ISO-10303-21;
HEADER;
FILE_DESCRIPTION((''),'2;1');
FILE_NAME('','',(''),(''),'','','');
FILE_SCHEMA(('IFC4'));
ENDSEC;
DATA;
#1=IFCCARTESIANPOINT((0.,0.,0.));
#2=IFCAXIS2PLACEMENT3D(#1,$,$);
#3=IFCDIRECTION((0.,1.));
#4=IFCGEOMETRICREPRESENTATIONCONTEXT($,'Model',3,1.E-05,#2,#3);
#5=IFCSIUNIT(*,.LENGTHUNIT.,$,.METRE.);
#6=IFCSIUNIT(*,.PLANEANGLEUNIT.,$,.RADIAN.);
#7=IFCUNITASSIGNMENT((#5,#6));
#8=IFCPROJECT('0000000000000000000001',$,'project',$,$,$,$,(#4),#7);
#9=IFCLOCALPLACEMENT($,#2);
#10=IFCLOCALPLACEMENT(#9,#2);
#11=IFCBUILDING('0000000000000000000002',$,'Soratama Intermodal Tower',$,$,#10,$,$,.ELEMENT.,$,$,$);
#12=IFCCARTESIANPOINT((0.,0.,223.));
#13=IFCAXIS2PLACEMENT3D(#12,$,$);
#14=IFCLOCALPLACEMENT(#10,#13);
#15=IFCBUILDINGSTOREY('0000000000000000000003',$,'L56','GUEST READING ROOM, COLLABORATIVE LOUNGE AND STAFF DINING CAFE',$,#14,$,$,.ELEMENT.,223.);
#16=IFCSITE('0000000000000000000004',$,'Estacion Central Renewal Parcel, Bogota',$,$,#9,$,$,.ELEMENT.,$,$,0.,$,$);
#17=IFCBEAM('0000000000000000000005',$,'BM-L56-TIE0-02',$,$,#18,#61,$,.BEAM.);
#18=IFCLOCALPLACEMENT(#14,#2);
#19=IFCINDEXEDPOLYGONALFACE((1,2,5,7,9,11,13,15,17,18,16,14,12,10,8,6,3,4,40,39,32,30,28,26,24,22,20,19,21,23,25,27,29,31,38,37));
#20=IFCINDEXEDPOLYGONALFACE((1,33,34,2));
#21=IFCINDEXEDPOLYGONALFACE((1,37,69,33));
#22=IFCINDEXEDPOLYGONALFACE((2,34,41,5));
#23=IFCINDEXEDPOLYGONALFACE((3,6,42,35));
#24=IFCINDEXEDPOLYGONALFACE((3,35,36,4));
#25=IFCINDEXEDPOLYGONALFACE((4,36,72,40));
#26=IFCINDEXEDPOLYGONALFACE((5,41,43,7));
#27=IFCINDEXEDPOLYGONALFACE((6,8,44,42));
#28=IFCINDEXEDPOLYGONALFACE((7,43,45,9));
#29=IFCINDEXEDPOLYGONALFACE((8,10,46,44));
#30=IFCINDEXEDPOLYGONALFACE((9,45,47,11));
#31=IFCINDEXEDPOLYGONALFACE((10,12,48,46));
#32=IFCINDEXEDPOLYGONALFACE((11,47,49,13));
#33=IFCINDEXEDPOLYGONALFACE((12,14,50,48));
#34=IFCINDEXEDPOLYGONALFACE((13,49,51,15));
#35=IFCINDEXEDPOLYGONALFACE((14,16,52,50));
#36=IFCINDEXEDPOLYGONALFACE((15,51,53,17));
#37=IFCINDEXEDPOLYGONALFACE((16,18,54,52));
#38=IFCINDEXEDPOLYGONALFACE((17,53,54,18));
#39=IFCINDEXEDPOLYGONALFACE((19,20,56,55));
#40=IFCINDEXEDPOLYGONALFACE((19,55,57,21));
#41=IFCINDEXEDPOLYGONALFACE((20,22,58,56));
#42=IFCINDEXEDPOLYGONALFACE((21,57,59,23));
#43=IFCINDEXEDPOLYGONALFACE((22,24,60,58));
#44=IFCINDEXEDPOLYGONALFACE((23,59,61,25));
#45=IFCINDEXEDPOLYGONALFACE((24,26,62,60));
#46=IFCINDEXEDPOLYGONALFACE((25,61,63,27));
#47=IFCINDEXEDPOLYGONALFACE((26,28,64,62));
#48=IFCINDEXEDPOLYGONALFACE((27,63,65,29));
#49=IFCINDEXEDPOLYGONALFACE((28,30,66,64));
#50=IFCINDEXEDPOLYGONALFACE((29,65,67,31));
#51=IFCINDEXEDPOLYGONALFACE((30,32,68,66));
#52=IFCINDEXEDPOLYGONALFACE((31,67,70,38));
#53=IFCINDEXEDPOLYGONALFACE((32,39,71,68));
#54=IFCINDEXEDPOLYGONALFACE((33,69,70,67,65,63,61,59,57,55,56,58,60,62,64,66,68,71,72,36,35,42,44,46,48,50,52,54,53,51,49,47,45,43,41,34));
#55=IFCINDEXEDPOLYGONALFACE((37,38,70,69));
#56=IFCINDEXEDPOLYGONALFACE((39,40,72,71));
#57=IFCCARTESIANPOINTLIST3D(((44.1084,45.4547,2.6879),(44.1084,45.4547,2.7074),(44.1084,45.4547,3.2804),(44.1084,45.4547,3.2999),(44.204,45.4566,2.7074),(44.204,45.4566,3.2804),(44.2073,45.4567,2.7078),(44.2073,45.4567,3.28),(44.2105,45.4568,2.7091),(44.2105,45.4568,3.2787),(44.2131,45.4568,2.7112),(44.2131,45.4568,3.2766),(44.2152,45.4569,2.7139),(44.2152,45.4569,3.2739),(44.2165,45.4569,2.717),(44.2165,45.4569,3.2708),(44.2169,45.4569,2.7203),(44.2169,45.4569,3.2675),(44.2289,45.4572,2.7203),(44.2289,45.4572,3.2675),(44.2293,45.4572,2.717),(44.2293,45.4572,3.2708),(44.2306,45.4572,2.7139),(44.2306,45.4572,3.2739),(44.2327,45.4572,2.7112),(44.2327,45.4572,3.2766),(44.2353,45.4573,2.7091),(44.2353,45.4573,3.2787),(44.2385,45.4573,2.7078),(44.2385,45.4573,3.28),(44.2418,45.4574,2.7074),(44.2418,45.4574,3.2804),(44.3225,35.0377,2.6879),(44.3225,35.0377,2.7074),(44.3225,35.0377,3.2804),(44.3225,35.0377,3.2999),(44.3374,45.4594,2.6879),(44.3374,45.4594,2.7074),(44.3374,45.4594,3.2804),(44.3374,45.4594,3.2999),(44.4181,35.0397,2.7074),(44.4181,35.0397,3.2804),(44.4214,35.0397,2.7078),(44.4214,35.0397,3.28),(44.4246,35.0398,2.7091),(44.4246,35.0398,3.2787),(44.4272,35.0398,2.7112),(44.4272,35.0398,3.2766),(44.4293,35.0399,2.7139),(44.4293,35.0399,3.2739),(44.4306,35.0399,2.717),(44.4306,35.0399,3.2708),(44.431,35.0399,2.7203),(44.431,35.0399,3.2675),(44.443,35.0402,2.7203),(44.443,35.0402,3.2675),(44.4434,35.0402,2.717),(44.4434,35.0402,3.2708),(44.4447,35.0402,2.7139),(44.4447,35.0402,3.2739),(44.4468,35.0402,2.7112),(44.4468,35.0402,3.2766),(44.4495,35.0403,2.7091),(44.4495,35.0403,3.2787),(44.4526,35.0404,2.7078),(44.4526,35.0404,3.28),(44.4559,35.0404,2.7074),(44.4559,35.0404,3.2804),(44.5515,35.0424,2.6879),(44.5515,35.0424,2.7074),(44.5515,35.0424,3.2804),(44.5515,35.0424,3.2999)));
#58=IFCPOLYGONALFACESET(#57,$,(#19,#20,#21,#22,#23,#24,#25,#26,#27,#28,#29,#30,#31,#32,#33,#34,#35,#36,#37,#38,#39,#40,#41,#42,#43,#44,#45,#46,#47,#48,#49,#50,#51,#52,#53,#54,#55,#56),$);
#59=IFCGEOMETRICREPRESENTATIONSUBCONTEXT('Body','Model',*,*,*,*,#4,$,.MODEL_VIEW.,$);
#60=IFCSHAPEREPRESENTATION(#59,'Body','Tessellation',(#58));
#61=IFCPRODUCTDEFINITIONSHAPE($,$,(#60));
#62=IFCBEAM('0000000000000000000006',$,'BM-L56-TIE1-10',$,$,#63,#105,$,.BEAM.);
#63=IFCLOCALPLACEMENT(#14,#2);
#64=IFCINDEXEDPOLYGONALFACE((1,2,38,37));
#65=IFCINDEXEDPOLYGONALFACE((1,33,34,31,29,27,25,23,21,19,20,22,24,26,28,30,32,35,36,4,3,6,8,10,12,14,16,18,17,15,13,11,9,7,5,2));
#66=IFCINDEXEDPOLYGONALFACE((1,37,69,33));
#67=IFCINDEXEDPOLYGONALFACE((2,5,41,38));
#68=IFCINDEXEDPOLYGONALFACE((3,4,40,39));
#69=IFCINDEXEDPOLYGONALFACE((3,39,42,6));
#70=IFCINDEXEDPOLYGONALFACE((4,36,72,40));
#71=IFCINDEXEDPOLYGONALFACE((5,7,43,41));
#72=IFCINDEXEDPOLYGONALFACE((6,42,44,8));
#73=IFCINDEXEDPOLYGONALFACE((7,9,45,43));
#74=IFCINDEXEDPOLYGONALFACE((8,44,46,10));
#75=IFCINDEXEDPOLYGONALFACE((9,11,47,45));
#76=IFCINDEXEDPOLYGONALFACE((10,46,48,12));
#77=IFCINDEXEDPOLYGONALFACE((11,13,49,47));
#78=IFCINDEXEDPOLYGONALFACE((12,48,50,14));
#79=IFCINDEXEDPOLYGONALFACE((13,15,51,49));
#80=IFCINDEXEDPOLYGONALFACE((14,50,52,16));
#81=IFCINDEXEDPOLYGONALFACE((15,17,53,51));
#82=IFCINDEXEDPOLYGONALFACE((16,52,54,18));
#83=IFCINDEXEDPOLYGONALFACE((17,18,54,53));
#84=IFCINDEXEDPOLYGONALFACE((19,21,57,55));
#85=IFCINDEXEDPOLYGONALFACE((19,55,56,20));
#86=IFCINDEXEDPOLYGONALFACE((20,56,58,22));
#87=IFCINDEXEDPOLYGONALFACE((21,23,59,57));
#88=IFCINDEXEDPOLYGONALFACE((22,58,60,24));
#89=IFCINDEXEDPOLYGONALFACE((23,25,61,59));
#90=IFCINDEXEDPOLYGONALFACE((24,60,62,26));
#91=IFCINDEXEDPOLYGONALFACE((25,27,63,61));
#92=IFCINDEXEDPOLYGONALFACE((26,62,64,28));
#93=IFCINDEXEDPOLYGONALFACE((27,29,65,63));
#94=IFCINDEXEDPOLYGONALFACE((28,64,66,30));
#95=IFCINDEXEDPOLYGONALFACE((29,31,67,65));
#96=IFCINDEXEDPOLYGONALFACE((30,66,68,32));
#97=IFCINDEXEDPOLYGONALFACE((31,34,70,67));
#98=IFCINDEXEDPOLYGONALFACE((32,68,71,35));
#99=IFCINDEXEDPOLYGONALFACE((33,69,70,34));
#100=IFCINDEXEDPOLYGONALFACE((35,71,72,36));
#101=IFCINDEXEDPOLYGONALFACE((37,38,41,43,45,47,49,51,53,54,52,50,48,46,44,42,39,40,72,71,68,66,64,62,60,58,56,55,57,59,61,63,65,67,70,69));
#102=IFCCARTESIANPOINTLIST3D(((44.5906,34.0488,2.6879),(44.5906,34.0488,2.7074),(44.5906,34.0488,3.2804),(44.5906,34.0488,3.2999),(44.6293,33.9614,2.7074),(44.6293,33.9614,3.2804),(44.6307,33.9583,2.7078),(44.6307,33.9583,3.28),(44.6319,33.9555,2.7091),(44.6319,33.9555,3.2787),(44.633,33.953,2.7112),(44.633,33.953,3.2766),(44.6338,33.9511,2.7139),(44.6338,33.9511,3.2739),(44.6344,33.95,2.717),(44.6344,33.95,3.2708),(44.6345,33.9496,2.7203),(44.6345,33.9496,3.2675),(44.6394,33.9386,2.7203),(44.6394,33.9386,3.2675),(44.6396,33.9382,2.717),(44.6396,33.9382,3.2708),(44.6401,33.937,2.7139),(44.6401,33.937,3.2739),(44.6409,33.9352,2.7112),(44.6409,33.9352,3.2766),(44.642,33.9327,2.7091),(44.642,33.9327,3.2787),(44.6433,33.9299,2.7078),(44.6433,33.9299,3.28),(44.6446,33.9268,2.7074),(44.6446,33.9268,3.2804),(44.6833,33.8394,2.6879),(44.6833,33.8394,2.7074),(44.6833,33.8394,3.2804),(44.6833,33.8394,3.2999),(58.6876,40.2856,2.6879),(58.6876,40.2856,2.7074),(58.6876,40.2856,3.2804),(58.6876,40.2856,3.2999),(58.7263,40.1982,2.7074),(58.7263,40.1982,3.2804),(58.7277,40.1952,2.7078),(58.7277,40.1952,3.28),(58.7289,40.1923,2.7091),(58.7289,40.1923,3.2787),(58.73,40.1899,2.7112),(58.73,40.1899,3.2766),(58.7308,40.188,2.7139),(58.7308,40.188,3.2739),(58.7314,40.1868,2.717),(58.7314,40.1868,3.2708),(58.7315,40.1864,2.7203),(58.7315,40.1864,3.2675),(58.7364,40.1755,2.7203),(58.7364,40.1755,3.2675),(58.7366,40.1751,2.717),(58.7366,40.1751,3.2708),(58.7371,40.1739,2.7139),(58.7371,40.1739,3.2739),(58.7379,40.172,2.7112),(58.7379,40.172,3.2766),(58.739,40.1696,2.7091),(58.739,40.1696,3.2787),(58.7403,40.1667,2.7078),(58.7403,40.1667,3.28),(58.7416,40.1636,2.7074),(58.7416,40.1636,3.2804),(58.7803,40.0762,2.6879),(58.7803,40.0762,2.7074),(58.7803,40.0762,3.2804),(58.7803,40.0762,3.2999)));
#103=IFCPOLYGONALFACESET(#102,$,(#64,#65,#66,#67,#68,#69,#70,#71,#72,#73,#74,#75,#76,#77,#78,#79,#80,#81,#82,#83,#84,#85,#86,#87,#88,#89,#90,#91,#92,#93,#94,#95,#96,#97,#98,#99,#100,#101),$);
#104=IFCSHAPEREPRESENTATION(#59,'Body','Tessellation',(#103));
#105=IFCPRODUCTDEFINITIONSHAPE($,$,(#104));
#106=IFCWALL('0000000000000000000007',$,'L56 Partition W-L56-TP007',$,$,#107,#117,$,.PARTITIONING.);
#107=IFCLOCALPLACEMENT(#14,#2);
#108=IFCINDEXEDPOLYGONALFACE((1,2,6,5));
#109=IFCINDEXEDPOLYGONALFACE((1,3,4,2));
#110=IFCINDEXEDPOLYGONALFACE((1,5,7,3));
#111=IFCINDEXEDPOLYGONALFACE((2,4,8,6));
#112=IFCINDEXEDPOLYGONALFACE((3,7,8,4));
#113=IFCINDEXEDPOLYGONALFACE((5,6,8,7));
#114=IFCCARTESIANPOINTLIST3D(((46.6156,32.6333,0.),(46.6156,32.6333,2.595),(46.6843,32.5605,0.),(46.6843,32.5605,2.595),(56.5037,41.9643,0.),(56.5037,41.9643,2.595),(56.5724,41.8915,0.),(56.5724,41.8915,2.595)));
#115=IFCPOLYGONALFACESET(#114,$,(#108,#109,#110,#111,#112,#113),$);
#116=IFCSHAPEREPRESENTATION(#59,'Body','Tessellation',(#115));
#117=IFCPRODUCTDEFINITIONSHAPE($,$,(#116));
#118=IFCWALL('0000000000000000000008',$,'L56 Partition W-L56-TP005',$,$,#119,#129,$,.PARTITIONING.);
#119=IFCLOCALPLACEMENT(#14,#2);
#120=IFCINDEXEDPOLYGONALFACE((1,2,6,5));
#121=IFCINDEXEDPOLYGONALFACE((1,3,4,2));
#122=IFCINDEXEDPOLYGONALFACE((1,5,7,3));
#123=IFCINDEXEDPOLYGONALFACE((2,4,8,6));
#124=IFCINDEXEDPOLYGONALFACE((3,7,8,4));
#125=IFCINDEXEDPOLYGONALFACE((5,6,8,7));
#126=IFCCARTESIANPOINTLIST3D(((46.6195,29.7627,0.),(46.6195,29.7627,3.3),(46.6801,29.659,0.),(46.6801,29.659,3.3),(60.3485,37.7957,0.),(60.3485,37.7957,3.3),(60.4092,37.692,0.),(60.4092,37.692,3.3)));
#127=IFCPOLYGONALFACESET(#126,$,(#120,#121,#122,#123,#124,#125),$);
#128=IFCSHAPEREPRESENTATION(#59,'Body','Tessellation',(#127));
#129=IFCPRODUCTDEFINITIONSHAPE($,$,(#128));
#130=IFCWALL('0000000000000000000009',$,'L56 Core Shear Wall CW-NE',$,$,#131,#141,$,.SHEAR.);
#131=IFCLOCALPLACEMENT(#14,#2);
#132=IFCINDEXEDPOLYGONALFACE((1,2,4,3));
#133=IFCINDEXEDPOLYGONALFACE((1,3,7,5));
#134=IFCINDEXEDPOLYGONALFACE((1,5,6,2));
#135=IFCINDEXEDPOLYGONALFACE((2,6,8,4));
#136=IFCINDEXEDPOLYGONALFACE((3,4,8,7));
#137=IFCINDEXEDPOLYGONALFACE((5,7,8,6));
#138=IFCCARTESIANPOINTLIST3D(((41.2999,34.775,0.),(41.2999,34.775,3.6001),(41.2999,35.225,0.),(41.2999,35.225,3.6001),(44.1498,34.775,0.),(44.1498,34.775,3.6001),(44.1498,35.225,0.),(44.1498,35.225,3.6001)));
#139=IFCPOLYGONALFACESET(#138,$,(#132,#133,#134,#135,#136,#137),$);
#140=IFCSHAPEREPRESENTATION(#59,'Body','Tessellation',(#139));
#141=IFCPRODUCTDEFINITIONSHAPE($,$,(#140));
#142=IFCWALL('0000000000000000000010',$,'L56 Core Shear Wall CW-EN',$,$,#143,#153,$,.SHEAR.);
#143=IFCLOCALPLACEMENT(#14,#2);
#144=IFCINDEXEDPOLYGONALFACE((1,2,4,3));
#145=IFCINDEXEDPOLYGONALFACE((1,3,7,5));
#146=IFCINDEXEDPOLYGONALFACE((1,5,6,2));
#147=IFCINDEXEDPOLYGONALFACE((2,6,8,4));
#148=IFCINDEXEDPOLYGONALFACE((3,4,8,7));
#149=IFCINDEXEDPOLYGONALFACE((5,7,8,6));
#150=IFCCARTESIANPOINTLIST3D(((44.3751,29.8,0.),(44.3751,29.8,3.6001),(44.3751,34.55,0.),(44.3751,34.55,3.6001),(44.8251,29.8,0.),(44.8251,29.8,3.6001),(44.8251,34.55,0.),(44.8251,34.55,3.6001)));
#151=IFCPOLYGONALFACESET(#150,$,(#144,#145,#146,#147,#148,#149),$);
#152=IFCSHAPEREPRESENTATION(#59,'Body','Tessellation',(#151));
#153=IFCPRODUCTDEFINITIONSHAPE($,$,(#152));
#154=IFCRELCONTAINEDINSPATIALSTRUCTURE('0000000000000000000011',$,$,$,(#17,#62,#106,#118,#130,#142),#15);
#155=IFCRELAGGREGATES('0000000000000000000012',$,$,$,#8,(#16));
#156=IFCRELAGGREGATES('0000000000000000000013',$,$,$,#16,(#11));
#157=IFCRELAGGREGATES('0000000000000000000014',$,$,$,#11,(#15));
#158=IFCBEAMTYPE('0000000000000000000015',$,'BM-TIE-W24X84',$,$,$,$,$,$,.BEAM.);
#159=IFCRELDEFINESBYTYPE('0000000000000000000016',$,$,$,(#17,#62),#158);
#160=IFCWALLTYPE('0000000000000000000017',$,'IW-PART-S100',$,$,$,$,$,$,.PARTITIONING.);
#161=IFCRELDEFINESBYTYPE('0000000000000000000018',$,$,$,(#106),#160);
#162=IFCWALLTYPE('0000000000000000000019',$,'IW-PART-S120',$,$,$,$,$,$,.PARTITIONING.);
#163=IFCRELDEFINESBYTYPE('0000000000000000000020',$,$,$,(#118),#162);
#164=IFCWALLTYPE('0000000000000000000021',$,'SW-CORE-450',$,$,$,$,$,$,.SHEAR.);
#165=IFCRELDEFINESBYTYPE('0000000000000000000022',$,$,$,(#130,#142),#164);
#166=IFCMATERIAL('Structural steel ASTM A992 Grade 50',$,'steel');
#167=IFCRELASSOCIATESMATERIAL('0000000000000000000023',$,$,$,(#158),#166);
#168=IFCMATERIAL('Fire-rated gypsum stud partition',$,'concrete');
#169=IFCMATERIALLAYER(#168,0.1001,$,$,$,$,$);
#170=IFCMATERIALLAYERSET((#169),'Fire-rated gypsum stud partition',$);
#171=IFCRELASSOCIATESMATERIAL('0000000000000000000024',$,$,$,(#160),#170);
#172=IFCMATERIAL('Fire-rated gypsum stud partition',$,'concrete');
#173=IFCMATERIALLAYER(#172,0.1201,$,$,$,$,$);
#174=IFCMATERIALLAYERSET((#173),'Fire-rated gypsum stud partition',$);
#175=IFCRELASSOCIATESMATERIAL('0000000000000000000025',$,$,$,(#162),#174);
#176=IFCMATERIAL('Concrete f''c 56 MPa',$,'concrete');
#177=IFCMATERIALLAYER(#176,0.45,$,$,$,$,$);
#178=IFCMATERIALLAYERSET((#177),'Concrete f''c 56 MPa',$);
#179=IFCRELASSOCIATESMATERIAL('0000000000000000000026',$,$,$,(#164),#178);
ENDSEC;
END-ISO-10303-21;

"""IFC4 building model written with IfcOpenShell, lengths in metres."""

from ifc_helpers import new_model, si_unit, direction, frame, frame_2d, origin, origin_2d, place, context, subcontext, project, spatial, rectangle, i_section, extrude, material, layer, layer_set, material_profile, profile_set, type_object, element, save


model = new_model("IFC4")

# Units and contexts
model_context = context("Model", 3, precision=1e-05, world=origin(), true_north=direction((0.0, 1.0)))
body_context = subcontext(model_context, "Body", "Model", "MODEL_VIEW")
ifc_project = project(units=[si_unit("LENGTHUNIT", "METRE"), si_unit("PLANEANGLEUNIT", "RADIAN")], contexts=[model_context])

# Site, building, storey
site_placement = place(None, origin())
site = spatial("IfcSite", under=ifc_project, at=site_placement, Name="Estacion Central Renewal Parcel, Bogota", CompositionType="ELEMENT", RefElevation=0.0)
building_placement = place(site_placement, origin())
building = spatial("IfcBuilding", under=site, at=building_placement, Name="Soratama Intermodal Tower", CompositionType="ELEMENT")
storey_placement = place(building_placement, frame((0.0, 0.0, 223.0)))
storey = spatial("IfcBuildingStorey", under=building, at=storey_placement, Name="L56", Description="GUEST READING ROOM, COLLABORATIVE LOUNGE AND STAFF DINING CAFE", CompositionType="ELEMENT", Elevation=223.0)

# Beams
ifc_material_1 = material(Name="Structural steel ASTM A992 Grade 50", Category="steel")
ifc_material_profile_1 = material_profile(ifc_material_1, i_section(OverallWidth=0.229, OverallDepth=0.6121, WebThickness=0.012, FlangeThickness=0.0195, FilletRadius=0.0129, at=origin_2d()), Name="W24X84")
ifc_profile_set_1 = profile_set([ifc_material_profile_1], Name="Structural steel ASTM A992 Grade 50")
beam_type_1 = type_object("IfcBeamType", Name="BM-TIE-W24X84", PredefinedType="BEAM", material=ifc_profile_set_1)
beam_1_placement = place(storey_placement, frame((44.437, 35.04, 2.9939), z_axis=(-0.02055, 0.999789, 0.0), x_axis=(-0.999789, -0.02055, 0.0)))
element("IfcBeam", 1, at=beam_1_placement, inside=storey, type_object=beam_type_1, Name="BM-L56-TIE0-02", PredefinedType="BEAM", context=body_context, shape_type="SweptSolid", body=[
    extrude(i_section(OverallWidth=0.229, OverallDepth=0.6121, WebThickness=0.012, FlangeThickness=0.0195, FilletRadius=0.0129, at=origin_2d()), origin(), (0.0, 0.0, 1.0), 10.4192),
])
beam_2_placement = place(storey_placement, frame((44.637, 33.9441, 2.9939), z_axis=(0.914496, 0.404595, 0.0), x_axis=(-0.404595, 0.914496, 0.0)))
element("IfcBeam", 2, at=beam_2_placement, inside=storey, type_object=beam_type_1, Name="BM-L56-TIE1-10", PredefinedType="BEAM", context=body_context, shape_type="SweptSolid", body=[
    extrude(i_section(OverallWidth=0.229, OverallDepth=0.6121, WebThickness=0.012, FlangeThickness=0.0195, FilletRadius=0.0129, at=origin_2d()), origin(), (0.0, 0.0, 1.0), 15.415),
])

# Walls
ifc_material_2 = material(Name="Fire-rated gypsum stud partition", Category="concrete")
ifc_layer_1 = layer(ifc_material_2, 0.1001)
ifc_layer_set_1 = layer_set([ifc_layer_1], Name="Fire-rated gypsum stud partition")
wall_type_1 = type_object("IfcWallType", Name="IW-PART-S100", PredefinedType="PARTITIONING", material=ifc_layer_set_1)
wall_1_placement = place(storey_placement, frame((46.6499, 32.5969, 0.0), z_axis=(0.0, 0.0, 1.0), x_axis=(0.727299, 0.686321, 0.0)))
element("IfcWall", 3, at=wall_1_placement, inside=storey, type_object=wall_type_1, Name="L56 Partition W-L56-TP007", PredefinedType="PARTITIONING", context=body_context, shape_type="SweptSolid", body=[
    extrude(rectangle(XDim=13.5957, YDim=0.1001, at=frame_2d((6.7979, 0.0))), origin(), (0.0, 0.0, 1.0), 2.595),
])
ifc_material_3 = material(Name="Fire-rated gypsum stud partition", Category="concrete")
ifc_layer_2 = layer(ifc_material_3, 0.1201)
ifc_layer_set_2 = layer_set([ifc_layer_2], Name="Fire-rated gypsum stud partition")
wall_type_2 = type_object("IfcWallType", Name="IW-PART-S120", PredefinedType="PARTITIONING", material=ifc_layer_set_2)
wall_2_placement = place(storey_placement, frame((46.6499, 29.7109, 0.0), z_axis=(0.0, 0.0, 1.0), x_axis=(0.863111, 0.505014, 0.0)))
element("IfcWall", 4, at=wall_2_placement, inside=storey, type_object=wall_type_2, Name="L56 Partition W-L56-TP005", PredefinedType="PARTITIONING", context=body_context, shape_type="SweptSolid", body=[
    extrude(rectangle(XDim=15.9065, YDim=0.1201, at=frame_2d((7.9531, 0.0))), origin(), (0.0, 0.0, 1.0), 3.3),
])
ifc_material_4 = material(Name="Concrete f'c 56 MPa", Category="concrete")
ifc_layer_3 = layer(ifc_material_4, 0.45)
ifc_layer_set_3 = layer_set([ifc_layer_3], Name="Concrete f'c 56 MPa")
wall_type_3 = type_object("IfcWallType", Name="SW-CORE-450", PredefinedType="SHEAR", material=ifc_layer_set_3)
wall_3_placement = place(storey_placement, frame((41.3, 35.0, 0.0), z_axis=(0.0, 0.0, 1.0), x_axis=(1.0, 0.0, 0.0)))
element("IfcWall", 5, at=wall_3_placement, inside=storey, type_object=wall_type_3, Name="L56 Core Shear Wall CW-NE", PredefinedType="SHEAR", context=body_context, shape_type="SweptSolid", body=[
    extrude(rectangle(XDim=2.8499, YDim=0.45, at=frame_2d((1.4248, 0.0))), origin(), (0.0, 0.0, 1.0), 3.6001),
])
wall_4_placement = place(storey_placement, frame((44.6001, 29.8, 0.0), z_axis=(0.0, 0.0, 1.0), x_axis=(0.0, 1.0, 0.0)))
element("IfcWall", 6, at=wall_4_placement, inside=storey, type_object=wall_type_3, Name="L56 Core Shear Wall CW-EN", PredefinedType="SHEAR", context=body_context, shape_type="SweptSolid", body=[
    extrude(rectangle(XDim=4.75, YDim=0.45, at=frame_2d((2.375, 0.0))), origin(), (0.0, 0.0, 1.0), 3.6001),
])

save(model, "model.ifc")
